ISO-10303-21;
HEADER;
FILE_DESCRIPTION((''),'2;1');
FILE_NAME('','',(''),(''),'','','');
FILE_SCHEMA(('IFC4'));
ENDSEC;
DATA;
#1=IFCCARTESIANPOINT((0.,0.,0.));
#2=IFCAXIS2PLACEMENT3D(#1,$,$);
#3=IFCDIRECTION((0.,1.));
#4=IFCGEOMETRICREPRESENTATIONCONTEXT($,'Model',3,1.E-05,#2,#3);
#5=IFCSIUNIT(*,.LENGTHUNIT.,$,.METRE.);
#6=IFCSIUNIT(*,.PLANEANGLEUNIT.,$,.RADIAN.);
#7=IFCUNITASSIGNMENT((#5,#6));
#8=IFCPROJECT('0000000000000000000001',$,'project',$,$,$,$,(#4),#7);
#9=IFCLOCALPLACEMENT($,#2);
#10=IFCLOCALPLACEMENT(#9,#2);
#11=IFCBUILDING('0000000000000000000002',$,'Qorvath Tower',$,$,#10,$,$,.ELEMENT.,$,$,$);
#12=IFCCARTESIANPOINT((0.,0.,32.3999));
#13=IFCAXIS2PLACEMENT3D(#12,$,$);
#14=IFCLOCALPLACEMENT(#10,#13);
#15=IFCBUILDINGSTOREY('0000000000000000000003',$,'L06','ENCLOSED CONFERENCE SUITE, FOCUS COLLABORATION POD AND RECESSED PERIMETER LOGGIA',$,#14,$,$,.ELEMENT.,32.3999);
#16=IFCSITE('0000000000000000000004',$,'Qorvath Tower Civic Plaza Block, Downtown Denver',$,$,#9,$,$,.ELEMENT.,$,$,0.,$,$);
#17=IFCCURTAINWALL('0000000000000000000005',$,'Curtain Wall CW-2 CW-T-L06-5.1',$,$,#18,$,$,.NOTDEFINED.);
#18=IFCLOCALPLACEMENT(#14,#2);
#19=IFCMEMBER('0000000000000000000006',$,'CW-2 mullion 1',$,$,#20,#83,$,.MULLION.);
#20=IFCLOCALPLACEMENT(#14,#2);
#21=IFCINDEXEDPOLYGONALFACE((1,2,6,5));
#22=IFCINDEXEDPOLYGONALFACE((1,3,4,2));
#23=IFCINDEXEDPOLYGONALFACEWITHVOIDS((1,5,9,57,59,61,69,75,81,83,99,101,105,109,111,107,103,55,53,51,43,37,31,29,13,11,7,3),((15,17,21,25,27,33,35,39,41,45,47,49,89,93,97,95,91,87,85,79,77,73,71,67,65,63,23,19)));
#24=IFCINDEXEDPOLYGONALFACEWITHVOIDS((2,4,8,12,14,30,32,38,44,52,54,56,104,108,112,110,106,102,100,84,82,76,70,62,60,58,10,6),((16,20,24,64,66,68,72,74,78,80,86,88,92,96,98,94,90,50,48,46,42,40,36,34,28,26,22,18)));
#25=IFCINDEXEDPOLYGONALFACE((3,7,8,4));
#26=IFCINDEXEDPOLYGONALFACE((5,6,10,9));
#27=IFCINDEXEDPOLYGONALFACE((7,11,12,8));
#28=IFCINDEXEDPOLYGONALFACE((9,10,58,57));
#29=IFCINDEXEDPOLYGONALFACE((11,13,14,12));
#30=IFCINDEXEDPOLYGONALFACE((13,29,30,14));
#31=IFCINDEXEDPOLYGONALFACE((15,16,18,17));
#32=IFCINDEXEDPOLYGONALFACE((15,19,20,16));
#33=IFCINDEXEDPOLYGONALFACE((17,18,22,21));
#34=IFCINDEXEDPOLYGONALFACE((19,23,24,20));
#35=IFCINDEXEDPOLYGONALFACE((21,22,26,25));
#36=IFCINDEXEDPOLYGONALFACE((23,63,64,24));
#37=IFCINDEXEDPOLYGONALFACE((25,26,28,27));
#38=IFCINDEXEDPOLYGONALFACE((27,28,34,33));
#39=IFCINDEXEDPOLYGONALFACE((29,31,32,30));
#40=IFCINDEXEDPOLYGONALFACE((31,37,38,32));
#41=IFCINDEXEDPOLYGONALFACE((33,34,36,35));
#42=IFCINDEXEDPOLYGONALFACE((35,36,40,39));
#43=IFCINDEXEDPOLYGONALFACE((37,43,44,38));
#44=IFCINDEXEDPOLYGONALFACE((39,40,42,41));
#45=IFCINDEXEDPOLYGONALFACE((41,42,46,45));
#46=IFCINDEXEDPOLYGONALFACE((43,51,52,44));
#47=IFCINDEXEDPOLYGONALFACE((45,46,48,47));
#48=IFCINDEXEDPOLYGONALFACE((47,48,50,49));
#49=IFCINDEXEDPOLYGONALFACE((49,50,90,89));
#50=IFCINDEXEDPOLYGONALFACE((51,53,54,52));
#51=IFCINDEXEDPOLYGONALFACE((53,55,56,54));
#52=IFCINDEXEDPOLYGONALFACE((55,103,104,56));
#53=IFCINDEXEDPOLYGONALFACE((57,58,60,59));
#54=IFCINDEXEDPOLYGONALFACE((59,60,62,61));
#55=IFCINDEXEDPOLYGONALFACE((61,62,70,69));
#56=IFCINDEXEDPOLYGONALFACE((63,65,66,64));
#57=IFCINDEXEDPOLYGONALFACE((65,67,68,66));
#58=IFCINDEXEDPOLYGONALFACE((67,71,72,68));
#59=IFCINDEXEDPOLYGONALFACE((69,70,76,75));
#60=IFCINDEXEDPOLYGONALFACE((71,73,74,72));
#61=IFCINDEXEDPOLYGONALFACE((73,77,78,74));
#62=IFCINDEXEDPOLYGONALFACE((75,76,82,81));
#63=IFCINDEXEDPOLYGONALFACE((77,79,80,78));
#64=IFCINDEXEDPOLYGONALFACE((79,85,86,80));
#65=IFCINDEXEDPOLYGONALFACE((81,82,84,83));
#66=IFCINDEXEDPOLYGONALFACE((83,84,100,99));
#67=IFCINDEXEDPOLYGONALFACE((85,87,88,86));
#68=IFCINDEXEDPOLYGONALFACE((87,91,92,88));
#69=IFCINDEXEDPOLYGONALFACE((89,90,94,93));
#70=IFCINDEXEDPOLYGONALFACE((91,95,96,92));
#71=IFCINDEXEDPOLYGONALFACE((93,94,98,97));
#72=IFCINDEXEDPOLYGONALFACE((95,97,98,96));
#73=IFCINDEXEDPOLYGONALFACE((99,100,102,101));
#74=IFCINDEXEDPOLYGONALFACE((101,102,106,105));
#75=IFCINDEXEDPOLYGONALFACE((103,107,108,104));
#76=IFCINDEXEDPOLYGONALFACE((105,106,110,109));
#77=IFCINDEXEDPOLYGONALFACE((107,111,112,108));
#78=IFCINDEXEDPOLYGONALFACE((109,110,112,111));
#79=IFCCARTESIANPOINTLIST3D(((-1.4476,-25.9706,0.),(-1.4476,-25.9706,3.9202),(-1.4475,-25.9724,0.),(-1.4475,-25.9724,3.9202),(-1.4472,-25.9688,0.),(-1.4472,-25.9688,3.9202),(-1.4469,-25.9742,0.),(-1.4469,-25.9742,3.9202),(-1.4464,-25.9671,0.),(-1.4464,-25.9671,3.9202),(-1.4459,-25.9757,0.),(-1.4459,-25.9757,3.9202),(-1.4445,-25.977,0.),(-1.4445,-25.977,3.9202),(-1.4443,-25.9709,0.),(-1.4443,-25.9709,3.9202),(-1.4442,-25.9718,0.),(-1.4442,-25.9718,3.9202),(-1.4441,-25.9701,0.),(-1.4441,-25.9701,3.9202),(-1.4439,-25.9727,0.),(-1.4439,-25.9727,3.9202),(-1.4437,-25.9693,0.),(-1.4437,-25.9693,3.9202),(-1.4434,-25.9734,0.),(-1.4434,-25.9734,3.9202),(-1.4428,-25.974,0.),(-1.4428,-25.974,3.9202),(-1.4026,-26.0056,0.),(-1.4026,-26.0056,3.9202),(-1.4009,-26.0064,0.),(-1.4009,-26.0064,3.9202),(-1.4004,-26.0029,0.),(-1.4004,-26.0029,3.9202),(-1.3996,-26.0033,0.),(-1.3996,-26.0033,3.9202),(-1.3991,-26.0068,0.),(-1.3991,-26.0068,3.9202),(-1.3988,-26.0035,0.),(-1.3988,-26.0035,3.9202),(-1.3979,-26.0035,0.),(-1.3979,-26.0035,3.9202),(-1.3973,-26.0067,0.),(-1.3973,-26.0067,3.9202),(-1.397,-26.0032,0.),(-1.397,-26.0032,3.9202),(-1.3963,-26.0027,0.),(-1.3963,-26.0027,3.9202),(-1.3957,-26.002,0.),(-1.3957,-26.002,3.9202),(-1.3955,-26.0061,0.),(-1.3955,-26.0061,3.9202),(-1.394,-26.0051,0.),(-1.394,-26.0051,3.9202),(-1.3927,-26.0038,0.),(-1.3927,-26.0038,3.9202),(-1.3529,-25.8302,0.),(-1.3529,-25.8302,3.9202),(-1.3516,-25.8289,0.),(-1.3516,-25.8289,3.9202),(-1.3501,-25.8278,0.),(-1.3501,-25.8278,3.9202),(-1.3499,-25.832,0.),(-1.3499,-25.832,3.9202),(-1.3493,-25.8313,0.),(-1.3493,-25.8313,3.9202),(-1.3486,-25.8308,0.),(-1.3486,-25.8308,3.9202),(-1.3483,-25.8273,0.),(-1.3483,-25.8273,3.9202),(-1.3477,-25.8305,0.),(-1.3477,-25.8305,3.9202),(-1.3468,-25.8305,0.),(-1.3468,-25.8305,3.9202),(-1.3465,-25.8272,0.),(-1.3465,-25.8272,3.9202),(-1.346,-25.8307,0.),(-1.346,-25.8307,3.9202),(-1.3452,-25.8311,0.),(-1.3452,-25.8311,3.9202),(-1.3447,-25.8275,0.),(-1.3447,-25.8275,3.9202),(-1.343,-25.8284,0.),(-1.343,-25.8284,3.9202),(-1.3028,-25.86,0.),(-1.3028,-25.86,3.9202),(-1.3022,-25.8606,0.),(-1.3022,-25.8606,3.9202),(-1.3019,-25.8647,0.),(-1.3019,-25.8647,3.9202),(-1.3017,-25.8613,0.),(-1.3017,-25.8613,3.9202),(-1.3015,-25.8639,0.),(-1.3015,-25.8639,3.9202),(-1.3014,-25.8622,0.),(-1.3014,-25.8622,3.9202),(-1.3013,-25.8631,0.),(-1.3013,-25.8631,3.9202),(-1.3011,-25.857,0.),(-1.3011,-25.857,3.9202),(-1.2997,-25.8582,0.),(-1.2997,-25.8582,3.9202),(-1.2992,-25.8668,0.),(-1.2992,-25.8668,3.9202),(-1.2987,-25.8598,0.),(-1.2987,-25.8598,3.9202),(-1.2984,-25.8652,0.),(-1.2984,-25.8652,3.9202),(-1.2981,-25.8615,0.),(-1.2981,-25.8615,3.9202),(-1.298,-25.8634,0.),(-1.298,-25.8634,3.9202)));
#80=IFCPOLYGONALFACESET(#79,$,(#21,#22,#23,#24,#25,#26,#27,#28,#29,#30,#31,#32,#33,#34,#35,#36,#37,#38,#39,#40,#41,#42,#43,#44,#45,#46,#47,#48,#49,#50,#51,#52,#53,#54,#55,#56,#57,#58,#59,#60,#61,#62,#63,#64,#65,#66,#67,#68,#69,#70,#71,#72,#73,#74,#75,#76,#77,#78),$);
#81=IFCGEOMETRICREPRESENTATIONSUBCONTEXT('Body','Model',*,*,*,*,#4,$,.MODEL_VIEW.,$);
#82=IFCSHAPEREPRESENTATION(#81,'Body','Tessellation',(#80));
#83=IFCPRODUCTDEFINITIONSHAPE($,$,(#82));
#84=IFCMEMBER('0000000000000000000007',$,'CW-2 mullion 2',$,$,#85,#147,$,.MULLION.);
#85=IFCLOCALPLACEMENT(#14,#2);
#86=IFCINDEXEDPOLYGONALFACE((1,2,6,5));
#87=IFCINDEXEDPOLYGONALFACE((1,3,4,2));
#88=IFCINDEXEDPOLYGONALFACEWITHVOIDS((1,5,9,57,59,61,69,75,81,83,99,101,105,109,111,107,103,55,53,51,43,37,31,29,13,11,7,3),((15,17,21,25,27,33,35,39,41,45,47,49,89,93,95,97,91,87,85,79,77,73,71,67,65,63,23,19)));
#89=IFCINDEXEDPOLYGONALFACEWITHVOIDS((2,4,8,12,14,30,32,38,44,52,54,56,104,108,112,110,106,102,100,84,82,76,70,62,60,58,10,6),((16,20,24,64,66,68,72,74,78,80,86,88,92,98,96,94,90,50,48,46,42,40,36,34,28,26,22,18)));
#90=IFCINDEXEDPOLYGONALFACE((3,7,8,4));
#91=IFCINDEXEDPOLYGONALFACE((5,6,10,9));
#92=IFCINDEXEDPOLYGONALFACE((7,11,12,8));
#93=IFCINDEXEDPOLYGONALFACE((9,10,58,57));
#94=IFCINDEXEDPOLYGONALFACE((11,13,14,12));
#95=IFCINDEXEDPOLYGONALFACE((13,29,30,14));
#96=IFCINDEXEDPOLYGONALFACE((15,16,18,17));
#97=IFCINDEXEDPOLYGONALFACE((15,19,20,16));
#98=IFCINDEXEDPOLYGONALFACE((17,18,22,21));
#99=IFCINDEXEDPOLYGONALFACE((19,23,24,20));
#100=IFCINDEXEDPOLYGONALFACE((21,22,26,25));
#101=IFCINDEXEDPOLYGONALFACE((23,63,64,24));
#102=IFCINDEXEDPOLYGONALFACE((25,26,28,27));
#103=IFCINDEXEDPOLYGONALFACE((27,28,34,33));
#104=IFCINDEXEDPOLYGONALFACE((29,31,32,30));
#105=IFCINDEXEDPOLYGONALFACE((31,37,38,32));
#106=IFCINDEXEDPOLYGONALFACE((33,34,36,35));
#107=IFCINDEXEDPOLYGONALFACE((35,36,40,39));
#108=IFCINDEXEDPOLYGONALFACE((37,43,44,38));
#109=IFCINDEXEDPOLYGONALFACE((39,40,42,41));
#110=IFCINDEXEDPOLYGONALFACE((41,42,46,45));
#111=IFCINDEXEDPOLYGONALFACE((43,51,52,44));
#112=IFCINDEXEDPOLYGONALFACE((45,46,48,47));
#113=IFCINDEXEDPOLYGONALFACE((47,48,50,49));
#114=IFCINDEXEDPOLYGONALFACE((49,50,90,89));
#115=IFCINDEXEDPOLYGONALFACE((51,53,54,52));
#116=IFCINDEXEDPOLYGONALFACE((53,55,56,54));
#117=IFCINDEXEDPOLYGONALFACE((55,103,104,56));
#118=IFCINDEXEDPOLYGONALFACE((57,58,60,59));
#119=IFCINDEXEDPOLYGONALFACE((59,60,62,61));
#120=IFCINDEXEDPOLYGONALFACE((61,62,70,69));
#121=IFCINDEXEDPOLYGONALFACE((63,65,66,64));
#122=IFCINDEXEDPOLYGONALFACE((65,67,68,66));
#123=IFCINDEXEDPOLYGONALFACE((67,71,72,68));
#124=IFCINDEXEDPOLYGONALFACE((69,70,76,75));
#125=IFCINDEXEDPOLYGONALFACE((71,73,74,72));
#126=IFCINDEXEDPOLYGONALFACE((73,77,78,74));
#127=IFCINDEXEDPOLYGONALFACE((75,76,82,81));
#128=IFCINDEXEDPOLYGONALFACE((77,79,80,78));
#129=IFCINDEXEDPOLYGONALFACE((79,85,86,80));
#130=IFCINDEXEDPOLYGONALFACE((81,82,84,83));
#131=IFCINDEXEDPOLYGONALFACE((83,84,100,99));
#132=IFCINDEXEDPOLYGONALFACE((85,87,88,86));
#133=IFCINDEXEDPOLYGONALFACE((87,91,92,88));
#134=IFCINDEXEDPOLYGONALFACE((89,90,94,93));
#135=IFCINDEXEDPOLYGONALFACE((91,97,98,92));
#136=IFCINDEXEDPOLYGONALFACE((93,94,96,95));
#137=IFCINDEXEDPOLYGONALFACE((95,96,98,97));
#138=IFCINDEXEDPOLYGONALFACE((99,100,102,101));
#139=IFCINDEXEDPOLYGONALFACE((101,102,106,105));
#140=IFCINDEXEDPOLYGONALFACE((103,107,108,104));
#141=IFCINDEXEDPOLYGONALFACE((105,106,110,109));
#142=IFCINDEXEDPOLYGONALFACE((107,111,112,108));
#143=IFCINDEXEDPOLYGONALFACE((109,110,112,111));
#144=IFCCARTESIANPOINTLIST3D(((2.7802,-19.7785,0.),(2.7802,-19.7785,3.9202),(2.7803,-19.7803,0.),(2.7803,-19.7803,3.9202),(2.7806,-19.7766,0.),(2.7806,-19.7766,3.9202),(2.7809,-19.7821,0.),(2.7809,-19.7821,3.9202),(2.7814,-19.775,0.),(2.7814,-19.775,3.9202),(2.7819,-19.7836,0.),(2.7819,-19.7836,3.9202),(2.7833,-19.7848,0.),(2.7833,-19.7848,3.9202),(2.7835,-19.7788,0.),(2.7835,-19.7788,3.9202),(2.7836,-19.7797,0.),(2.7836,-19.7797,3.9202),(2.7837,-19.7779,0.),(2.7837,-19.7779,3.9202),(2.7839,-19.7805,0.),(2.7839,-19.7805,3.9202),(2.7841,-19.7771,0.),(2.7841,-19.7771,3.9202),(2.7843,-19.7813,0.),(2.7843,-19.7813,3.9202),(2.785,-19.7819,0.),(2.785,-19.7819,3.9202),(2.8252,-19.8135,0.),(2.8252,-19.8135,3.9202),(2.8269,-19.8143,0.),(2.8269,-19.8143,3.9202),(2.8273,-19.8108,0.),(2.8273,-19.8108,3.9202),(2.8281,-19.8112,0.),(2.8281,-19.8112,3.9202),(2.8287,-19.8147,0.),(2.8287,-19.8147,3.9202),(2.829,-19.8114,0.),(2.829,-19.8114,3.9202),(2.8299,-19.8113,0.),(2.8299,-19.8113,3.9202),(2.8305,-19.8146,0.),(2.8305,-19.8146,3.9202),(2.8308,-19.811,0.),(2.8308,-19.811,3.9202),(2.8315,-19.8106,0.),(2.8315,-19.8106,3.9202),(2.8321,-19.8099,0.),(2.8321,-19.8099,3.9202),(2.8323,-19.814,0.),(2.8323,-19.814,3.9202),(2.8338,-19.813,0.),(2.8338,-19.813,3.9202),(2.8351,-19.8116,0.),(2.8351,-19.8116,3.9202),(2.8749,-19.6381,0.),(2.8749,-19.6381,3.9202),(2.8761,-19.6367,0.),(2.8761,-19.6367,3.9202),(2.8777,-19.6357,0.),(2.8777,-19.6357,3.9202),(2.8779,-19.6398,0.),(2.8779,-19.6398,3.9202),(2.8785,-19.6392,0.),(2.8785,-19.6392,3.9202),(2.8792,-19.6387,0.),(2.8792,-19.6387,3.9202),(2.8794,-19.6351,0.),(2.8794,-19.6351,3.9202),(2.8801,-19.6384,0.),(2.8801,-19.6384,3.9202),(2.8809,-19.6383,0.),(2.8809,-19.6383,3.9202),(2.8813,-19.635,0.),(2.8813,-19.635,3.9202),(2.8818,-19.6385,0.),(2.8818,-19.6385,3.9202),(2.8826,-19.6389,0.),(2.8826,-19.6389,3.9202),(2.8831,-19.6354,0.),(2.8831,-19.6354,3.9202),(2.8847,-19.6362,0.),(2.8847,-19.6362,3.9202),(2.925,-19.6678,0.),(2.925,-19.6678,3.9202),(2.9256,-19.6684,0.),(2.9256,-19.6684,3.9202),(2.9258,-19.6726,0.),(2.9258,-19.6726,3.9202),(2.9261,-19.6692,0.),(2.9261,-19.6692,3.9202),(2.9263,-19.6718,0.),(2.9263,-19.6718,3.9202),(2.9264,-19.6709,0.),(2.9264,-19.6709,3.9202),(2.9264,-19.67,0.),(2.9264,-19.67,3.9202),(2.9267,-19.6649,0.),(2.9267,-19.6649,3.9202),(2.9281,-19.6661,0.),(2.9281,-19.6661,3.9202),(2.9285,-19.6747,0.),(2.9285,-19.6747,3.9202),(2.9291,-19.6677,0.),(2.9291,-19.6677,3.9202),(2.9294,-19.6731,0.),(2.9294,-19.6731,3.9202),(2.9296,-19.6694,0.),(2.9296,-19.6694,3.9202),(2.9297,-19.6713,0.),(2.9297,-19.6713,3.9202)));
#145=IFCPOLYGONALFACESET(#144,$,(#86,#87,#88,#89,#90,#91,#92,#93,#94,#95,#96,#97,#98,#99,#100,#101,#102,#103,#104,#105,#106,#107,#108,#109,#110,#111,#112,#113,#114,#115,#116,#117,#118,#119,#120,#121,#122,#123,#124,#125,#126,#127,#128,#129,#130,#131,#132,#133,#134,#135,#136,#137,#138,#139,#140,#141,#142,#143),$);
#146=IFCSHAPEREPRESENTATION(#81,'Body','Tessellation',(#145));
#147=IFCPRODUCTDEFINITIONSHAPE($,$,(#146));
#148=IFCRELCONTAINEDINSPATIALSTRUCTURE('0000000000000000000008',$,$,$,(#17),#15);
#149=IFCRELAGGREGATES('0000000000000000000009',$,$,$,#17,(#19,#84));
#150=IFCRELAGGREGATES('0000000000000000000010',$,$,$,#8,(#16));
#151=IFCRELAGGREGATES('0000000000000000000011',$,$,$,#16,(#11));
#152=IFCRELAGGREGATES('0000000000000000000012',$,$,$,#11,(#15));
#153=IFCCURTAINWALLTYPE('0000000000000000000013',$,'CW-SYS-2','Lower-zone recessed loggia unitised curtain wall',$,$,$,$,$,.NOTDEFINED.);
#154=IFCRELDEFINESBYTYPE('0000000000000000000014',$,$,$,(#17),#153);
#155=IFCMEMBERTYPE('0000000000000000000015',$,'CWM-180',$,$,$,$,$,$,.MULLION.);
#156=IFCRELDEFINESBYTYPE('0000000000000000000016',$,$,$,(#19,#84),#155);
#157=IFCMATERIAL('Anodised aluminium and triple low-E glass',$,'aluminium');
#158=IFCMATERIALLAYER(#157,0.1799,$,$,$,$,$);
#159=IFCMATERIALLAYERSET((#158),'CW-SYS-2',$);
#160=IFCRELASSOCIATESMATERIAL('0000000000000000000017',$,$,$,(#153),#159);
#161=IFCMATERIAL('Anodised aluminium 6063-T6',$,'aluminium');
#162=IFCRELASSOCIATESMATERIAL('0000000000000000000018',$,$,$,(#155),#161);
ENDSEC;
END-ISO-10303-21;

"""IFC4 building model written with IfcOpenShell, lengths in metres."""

from ifc_helpers import new_model, si_unit, direction, frame, origin, origin_2d, place, context, subcontext, project, spatial, hollow_rectangle, extrude, material, layer, layer_set, material_profile, profile_set, type_object, element, aggregate, save


model = new_model("IFC4")

# Units and contexts
model_context = context("Model", 3, precision=1e-05, world=origin(), true_north=direction((0.0, 1.0)))
body_context = subcontext(model_context, "Body", "Model", "MODEL_VIEW")
ifc_project = project(units=[si_unit("LENGTHUNIT", "METRE"), si_unit("PLANEANGLEUNIT", "RADIAN")], contexts=[model_context])

# Site, building, storey
site_placement = place(None, origin())
site = spatial("IfcSite", under=ifc_project, at=site_placement, Name="Qorvath Tower Civic Plaza Block, Downtown Denver", CompositionType="ELEMENT", RefElevation=0.0)
building_placement = place(site_placement, origin())
building = spatial("IfcBuilding", under=site, at=building_placement, Name="Qorvath Tower", CompositionType="ELEMENT")
storey_placement = place(building_placement, frame((0.0, 0.0, 32.3999)))
storey = spatial("IfcBuildingStorey", under=building, at=storey_placement, Name="L06", Description="ENCLOSED CONFERENCE SUITE, FOCUS COLLABORATION POD AND RECESSED PERIMETER LOGGIA", CompositionType="ELEMENT", Elevation=32.3999)

# Curtain wall, members
ifc_material_1 = material(Name="Anodised aluminium and triple low-E glass", Category="aluminium")
ifc_layer_1 = layer(ifc_material_1, 0.1799)
ifc_layer_set_1 = layer_set([ifc_layer_1], Name="CW-SYS-2")
curtain_wall_type = type_object("IfcCurtainWallType", Name="CW-SYS-2", Description="Lower-zone recessed loggia unitised curtain wall", PredefinedType="NOTDEFINED", material=ifc_layer_set_1)
ifc_material_2 = material(Name="Anodised aluminium 6063-T6", Category="aluminium")
ifc_material_profile_1 = material_profile(ifc_material_2, hollow_rectangle(XDim=0.0649, YDim=0.1799, WallThickness=0.0034, InnerFilletRadius=0.0034, OuterFilletRadius=0.0071, at=origin_2d()), Name="CWM 180x65")
ifc_profile_set_1 = profile_set([ifc_material_profile_1], Name="Anodised aluminium 6063-T6")
member_type_1 = type_object("IfcMemberType", Name="CWM-180", PredefinedType="MULLION", material=ifc_profile_set_1)
curtain_wall_1_placement = place(storey_placement, origin())
curtain_wall_1 = element("IfcCurtainWall", 1, at=curtain_wall_1_placement, inside=storey, type_object=curtain_wall_type, Name="Curtain Wall CW-2 CW-T-L06-5.1", PredefinedType="NOTDEFINED")
member_1_placement = place(storey_placement, frame((-1.3728, -25.917, 0.0), z_axis=(0.0, 0.0, 1.0), x_axis=(-0.825864, 0.563869, 0.0)))
member_1 = element("IfcMember", 2, at=member_1_placement, type_object=member_type_1, Name="CW-2 mullion 1", PredefinedType="MULLION", context=body_context, shape_type="SweptSolid", body=[
    extrude(hollow_rectangle(XDim=0.0649, YDim=0.1799, WallThickness=0.0034, InnerFilletRadius=0.0034, OuterFilletRadius=0.0071, at=origin_2d()), origin(), (0.0, 0.0, 1.0), 3.9202),
])
member_2_placement = place(storey_placement, frame((2.855, -19.7249, 0.0), z_axis=(0.0, 0.0, 1.0), x_axis=(-0.825864, 0.563869, 0.0)))
member_2 = element("IfcMember", 3, at=member_2_placement, type_object=member_type_1, Name="CW-2 mullion 2", PredefinedType="MULLION", context=body_context, shape_type="SweptSolid", body=[
    extrude(hollow_rectangle(XDim=0.0649, YDim=0.1799, WallThickness=0.0034, InnerFilletRadius=0.0034, OuterFilletRadius=0.0071, at=origin_2d()), origin(), (0.0, 0.0, 1.0), 3.9202),
])

aggregate(curtain_wall_1, [member_1, member_2])

save(model, "model.ifc")
